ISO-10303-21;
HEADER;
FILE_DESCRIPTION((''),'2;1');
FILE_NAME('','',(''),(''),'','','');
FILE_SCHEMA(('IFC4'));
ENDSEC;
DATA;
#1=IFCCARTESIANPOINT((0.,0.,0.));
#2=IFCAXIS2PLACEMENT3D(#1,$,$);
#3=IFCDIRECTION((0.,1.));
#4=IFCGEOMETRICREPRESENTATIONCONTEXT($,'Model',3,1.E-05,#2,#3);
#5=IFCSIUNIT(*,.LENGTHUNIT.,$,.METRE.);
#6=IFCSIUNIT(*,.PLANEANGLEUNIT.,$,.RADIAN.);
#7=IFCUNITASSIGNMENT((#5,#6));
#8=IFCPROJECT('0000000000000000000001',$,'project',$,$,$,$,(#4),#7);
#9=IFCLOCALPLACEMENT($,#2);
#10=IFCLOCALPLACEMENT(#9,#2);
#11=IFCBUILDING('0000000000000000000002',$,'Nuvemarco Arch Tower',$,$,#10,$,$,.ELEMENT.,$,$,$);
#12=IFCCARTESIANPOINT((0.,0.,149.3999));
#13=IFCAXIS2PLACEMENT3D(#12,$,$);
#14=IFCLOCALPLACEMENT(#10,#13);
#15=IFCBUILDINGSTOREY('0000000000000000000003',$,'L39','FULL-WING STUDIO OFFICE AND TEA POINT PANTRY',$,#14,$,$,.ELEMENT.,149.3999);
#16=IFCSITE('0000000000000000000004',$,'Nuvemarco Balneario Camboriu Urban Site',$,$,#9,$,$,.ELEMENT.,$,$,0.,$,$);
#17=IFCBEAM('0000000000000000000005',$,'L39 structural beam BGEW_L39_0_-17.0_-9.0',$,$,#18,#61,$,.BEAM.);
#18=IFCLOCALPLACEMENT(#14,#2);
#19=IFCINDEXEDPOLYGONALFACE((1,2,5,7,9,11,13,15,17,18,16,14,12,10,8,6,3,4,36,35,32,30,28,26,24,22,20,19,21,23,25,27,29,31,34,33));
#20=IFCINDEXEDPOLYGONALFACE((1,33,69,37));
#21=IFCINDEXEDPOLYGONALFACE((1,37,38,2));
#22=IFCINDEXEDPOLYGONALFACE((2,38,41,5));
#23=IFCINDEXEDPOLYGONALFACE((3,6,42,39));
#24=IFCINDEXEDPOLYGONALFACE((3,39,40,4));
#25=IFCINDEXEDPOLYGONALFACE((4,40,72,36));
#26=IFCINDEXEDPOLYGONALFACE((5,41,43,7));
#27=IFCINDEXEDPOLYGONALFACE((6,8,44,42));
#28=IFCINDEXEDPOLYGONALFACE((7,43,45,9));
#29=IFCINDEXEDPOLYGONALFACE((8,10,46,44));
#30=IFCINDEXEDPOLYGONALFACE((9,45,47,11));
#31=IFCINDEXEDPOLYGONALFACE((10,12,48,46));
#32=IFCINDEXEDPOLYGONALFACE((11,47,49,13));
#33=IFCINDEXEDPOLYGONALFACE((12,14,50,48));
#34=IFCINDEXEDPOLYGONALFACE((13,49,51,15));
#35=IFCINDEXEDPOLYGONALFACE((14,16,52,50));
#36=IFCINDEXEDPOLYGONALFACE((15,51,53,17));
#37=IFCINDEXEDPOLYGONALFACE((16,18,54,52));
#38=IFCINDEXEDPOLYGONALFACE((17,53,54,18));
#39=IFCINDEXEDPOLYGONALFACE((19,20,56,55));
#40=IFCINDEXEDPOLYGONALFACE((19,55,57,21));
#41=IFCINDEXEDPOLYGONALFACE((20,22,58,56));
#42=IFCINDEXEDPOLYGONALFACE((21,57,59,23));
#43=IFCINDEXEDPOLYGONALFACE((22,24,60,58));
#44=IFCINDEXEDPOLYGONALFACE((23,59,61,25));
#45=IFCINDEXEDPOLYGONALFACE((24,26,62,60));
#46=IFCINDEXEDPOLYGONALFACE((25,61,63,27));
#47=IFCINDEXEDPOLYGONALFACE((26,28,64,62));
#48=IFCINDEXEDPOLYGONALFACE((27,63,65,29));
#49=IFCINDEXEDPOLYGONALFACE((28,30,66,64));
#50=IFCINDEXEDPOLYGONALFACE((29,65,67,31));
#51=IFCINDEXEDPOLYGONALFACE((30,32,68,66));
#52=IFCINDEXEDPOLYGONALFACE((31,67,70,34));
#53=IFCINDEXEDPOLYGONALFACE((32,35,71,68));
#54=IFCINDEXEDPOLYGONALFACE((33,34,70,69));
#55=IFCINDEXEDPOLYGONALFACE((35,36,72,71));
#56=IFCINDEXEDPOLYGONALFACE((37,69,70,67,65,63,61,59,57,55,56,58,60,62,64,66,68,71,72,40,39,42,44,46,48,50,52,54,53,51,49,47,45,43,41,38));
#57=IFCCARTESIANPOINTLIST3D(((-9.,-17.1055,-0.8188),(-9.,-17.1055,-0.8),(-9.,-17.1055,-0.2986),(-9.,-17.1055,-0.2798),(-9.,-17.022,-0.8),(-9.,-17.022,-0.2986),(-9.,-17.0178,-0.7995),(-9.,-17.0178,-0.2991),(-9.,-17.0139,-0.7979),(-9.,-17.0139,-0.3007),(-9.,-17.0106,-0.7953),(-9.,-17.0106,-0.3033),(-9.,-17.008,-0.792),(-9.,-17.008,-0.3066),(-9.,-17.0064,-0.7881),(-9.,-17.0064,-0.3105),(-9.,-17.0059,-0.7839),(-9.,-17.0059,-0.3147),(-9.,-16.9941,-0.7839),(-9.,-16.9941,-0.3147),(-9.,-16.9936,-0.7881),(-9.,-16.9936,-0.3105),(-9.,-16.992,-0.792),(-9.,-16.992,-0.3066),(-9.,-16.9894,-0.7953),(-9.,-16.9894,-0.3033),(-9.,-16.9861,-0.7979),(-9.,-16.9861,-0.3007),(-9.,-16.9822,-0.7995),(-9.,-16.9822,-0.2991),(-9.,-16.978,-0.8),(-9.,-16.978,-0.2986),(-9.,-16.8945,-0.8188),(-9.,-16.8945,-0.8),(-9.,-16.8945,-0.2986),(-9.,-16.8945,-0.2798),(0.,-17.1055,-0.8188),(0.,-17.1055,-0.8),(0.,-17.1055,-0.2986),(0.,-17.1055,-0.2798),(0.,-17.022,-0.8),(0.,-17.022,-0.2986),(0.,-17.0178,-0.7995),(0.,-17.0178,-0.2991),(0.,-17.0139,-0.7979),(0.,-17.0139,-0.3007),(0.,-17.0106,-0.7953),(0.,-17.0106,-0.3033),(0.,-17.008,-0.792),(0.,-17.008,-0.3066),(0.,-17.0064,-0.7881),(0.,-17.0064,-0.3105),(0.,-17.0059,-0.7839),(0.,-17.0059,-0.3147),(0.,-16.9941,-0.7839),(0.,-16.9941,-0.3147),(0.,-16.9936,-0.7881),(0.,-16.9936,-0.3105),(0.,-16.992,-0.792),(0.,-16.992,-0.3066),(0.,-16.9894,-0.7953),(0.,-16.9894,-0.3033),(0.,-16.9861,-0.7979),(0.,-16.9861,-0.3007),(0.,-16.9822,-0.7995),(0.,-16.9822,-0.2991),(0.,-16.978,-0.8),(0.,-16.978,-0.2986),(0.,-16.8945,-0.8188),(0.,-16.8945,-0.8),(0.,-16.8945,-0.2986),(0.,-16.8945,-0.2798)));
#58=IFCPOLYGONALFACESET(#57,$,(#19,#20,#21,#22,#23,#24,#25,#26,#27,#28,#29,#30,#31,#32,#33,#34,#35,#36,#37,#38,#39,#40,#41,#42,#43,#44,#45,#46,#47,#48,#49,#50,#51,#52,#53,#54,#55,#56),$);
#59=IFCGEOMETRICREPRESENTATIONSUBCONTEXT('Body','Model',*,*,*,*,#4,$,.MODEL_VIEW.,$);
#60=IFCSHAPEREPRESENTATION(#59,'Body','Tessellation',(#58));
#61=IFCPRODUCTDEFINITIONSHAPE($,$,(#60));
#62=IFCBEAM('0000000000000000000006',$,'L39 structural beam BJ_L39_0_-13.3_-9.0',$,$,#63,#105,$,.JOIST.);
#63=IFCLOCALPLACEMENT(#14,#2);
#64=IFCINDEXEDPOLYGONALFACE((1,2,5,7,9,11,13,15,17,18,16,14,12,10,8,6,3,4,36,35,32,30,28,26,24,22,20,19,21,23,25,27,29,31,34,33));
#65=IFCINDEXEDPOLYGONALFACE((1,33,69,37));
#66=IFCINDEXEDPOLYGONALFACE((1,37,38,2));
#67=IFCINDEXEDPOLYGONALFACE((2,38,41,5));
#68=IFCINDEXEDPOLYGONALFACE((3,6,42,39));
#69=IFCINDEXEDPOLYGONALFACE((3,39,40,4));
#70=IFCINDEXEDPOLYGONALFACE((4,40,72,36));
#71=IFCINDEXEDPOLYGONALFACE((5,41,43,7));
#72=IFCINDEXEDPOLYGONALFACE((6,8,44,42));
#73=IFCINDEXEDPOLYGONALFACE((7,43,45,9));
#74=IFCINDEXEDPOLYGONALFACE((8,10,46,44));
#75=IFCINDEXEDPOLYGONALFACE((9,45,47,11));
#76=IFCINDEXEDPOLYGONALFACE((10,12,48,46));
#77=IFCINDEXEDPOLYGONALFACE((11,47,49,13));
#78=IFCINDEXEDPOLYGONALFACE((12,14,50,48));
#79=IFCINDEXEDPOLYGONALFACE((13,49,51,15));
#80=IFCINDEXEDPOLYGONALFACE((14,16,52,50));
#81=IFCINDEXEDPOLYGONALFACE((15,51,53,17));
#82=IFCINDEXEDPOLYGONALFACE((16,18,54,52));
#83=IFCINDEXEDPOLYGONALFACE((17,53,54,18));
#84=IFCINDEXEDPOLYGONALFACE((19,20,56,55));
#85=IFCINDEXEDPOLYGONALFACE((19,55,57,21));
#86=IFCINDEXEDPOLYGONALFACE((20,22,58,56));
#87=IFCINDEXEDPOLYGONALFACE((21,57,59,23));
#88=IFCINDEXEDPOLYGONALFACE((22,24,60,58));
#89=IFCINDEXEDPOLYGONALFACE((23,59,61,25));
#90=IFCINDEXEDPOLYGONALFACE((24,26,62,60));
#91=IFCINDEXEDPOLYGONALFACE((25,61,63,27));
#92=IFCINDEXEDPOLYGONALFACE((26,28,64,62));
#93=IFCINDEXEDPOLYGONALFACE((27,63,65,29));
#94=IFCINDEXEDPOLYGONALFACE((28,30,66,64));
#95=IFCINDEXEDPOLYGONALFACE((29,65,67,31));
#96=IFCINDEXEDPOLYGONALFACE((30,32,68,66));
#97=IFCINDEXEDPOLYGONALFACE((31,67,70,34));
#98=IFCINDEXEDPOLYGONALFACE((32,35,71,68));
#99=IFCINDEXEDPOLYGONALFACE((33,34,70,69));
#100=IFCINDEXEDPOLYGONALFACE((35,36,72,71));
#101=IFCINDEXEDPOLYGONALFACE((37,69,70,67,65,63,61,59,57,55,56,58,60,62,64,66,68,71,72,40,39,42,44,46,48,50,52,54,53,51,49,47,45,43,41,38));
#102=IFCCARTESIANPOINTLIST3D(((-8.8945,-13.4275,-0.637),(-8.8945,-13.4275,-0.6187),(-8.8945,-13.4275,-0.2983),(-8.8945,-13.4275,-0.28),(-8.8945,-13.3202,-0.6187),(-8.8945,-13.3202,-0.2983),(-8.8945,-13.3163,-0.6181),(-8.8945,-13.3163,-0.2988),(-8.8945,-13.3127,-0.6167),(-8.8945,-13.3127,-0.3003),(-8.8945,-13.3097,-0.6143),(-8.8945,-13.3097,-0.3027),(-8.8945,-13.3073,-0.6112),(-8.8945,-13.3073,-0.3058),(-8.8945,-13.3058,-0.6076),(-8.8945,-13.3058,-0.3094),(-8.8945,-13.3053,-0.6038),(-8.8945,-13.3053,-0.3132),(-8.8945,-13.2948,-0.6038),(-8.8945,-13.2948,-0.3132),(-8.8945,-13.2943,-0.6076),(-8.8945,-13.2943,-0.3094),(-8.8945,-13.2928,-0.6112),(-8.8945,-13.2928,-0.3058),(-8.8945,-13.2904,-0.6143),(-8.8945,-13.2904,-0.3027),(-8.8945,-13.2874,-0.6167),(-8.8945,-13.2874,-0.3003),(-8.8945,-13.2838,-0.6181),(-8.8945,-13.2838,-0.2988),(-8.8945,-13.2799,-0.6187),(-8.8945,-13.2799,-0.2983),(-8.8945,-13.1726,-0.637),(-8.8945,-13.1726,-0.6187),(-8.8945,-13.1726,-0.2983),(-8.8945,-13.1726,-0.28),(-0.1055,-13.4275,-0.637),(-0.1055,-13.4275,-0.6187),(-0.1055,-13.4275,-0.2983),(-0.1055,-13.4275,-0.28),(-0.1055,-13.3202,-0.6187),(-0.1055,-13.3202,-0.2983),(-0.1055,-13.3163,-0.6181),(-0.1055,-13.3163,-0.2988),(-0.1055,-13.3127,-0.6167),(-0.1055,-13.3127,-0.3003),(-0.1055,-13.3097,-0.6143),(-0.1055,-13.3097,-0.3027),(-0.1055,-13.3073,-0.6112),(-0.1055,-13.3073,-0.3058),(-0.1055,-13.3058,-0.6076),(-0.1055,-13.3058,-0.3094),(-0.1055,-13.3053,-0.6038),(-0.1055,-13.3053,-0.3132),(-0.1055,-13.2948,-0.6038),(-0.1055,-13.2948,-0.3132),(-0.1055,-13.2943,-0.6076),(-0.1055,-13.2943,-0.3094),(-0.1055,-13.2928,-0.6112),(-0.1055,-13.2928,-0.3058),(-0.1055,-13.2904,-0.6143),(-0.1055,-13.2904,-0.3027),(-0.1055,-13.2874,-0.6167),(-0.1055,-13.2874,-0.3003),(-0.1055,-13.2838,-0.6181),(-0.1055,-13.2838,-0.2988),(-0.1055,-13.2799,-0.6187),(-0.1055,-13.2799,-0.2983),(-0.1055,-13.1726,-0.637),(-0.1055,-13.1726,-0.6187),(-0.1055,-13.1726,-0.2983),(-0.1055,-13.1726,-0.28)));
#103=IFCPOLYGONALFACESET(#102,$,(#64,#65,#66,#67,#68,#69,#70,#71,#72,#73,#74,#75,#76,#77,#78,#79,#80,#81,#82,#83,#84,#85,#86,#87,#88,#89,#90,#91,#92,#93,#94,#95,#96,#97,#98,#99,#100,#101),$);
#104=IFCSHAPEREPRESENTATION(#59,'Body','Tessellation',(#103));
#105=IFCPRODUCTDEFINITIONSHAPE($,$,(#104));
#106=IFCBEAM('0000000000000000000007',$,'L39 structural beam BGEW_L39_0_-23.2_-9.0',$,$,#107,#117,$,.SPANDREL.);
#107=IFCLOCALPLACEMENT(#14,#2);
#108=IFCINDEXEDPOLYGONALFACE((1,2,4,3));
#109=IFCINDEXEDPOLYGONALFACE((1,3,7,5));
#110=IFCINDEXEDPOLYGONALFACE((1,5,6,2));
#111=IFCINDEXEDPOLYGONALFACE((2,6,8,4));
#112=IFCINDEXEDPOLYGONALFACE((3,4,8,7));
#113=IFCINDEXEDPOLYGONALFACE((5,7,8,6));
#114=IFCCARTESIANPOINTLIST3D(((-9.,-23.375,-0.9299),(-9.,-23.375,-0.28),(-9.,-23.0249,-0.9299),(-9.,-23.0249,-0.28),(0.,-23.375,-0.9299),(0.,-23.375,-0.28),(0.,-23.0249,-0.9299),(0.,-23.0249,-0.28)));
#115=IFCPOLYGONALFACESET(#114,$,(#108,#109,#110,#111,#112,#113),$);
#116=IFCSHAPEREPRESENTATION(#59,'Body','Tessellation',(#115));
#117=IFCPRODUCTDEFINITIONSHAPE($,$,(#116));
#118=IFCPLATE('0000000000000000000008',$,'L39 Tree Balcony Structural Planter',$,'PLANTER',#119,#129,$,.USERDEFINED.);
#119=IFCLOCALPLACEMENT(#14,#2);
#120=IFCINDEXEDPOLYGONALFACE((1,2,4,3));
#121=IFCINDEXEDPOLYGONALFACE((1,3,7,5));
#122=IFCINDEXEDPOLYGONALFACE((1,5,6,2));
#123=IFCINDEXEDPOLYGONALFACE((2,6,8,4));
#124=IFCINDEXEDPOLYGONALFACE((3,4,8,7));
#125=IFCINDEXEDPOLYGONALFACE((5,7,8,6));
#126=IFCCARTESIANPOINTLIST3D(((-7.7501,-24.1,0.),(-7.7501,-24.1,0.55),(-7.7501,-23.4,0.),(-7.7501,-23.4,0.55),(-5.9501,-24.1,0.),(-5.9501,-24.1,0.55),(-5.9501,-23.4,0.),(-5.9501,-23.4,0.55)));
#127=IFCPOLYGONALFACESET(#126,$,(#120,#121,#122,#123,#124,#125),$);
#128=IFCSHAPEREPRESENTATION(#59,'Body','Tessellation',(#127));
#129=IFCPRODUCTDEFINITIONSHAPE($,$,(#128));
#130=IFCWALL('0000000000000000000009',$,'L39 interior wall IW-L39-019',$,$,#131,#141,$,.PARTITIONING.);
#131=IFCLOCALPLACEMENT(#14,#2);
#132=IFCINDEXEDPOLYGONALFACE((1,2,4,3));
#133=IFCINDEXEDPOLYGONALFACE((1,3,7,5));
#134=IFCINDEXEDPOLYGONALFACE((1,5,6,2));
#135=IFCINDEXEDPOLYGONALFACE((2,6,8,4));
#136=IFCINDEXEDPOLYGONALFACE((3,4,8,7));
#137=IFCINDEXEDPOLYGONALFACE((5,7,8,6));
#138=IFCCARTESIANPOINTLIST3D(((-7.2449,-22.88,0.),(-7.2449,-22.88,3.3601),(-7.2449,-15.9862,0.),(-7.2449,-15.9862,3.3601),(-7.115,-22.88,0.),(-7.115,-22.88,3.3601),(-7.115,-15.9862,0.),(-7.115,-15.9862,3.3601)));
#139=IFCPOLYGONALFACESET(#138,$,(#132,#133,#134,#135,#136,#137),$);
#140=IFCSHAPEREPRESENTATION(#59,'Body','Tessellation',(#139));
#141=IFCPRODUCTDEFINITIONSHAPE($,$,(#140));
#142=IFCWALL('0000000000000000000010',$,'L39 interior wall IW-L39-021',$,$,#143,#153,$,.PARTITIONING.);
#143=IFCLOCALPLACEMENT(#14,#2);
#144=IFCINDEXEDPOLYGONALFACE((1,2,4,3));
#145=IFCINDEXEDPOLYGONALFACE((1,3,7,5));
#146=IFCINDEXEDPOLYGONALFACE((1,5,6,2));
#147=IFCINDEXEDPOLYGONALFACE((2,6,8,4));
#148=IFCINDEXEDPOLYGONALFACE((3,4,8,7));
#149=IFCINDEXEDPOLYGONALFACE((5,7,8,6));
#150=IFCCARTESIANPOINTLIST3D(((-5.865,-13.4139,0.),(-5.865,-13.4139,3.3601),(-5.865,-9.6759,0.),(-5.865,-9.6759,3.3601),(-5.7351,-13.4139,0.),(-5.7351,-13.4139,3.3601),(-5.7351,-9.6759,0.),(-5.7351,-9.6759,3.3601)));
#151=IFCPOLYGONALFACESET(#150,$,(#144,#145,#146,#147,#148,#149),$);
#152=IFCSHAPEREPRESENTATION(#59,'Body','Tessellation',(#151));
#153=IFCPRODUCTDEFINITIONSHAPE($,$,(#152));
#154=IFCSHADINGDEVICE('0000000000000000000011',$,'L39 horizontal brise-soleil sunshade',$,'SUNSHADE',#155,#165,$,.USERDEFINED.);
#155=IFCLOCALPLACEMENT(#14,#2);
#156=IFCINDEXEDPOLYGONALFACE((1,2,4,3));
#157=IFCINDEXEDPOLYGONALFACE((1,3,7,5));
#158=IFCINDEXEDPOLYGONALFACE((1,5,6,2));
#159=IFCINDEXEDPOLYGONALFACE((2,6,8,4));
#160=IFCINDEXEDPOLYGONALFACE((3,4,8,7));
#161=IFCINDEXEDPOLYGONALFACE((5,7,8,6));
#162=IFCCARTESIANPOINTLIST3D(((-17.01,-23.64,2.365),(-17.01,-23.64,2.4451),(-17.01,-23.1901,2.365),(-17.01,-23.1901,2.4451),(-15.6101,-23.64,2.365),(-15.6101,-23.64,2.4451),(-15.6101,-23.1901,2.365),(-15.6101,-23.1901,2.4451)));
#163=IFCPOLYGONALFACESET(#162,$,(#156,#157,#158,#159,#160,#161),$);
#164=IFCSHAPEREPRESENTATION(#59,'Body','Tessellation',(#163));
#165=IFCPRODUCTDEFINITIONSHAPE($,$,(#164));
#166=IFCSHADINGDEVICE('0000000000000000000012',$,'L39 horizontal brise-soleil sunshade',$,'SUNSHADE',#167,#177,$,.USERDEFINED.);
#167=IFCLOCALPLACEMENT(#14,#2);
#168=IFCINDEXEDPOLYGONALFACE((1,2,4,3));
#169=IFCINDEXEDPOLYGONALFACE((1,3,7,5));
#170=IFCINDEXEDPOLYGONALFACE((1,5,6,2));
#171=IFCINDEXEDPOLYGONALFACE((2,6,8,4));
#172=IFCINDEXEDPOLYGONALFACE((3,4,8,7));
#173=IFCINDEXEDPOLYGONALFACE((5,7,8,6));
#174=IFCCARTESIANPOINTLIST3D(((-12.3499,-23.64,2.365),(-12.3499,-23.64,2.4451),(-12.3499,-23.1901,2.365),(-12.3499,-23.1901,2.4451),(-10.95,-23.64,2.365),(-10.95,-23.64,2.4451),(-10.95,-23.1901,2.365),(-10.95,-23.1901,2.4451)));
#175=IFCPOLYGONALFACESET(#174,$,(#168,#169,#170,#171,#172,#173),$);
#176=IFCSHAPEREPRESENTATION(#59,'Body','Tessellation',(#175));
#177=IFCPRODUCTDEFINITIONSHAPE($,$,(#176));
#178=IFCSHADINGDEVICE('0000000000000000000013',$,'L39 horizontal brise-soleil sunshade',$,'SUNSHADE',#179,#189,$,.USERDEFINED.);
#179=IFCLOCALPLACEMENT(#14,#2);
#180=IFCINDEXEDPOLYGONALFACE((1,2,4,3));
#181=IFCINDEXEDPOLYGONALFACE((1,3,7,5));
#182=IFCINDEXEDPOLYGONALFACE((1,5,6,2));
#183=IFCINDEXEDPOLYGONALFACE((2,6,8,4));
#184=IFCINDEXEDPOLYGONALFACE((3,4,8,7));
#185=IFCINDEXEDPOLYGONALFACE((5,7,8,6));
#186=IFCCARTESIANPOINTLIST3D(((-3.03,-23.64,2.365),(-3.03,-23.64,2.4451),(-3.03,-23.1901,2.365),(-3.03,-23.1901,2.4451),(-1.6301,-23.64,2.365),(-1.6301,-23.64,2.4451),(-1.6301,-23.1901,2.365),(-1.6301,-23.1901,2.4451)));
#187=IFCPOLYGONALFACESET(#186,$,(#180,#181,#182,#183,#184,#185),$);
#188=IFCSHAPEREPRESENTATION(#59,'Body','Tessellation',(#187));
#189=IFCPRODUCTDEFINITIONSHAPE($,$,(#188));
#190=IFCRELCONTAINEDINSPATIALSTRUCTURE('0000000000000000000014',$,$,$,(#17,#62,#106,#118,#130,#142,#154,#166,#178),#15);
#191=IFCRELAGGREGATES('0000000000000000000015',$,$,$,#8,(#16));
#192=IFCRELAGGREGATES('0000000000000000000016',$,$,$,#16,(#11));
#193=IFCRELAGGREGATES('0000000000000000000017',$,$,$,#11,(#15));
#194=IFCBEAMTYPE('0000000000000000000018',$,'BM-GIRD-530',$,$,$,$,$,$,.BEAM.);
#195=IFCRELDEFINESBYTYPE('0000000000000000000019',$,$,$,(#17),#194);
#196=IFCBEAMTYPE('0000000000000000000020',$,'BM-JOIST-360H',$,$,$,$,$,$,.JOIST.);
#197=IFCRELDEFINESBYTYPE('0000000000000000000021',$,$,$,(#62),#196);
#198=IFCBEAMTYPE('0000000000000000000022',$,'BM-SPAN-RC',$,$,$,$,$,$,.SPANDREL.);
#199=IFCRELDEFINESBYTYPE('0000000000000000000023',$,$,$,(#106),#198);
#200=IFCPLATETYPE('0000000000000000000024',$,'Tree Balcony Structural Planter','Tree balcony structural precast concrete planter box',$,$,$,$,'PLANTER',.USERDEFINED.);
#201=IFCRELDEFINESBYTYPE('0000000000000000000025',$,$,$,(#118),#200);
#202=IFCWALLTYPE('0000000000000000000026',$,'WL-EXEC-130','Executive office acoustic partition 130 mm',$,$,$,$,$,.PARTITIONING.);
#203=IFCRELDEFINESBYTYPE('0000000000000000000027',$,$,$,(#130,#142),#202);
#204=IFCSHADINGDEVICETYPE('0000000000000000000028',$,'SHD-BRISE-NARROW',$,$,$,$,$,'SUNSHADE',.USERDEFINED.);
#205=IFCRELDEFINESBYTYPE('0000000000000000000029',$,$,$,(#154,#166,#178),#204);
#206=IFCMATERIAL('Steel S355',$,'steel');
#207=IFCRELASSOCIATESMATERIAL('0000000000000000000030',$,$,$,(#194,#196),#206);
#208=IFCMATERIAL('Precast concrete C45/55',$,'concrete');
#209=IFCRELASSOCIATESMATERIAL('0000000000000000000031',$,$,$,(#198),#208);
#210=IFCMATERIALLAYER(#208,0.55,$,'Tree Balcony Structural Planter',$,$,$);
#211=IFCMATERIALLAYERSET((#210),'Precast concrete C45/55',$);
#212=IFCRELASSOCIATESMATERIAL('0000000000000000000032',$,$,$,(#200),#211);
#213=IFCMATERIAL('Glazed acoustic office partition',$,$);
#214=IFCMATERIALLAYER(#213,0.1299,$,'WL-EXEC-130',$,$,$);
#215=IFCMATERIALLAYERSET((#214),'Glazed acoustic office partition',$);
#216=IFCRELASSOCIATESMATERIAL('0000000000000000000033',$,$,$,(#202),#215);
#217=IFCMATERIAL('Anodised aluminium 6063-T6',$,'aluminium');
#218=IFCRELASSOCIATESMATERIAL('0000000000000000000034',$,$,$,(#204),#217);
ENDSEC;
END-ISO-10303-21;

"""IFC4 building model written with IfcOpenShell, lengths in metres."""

from ifc_helpers import new_model, si_unit, direction, frame, frame_2d, origin, origin_2d, place, context, subcontext, project, spatial, rectangle, i_section, extrude, source, transform, mapped, material, layer, layer_set, material_profile, profile_set, type_object, type_shapes, element, save


model = new_model("IFC4")

# Units and contexts
model_context = context("Model", 3, precision=1e-05, world=origin(), true_north=direction((0.0, 1.0)))
body_context = subcontext(model_context, "Body", "Model", "MODEL_VIEW")
ifc_project = project(units=[si_unit("LENGTHUNIT", "METRE"), si_unit("PLANEANGLEUNIT", "RADIAN")], contexts=[model_context])

# Site, building, storey
site_placement = place(None, origin())
site = spatial("IfcSite", under=ifc_project, at=site_placement, Name="Nuvemarco Balneario Camboriu Urban Site", CompositionType="ELEMENT", RefElevation=0.0)
building_placement = place(site_placement, origin())
building = spatial("IfcBuilding", under=site, at=building_placement, Name="Nuvemarco Arch Tower", CompositionType="ELEMENT")
storey_placement = place(building_placement, frame((0.0, 0.0, 149.3999)))
storey = spatial("IfcBuildingStorey", under=building, at=storey_placement, Name="L39", Description="FULL-WING STUDIO OFFICE AND TEA POINT PANTRY", CompositionType="ELEMENT", Elevation=149.3999)

# Shared definitions
ifc_material_1 = material(Name="Steel S355", Category="steel")

# Beams
ifc_material_profile_1 = material_profile(ifc_material_1, i_section(OverallWidth=0.2109, OverallDepth=0.5391, WebThickness=0.0117, FlangeThickness=0.0188, FilletRadius=0.0161, at=origin_2d()), Name="W530x109")
ifc_profile_set_1 = profile_set([ifc_material_profile_1], Name="Steel S355")
beam_type_1 = type_object("IfcBeamType", Name="BM-GIRD-530", PredefinedType="BEAM", material=ifc_profile_set_1)
beam_1_placement = place(storey_placement, frame((-9.0, -17.0, -0.5493), z_axis=(1.0, 0.0, 0.0), x_axis=(0.0, 1.0, 0.0)))
element("IfcBeam", 1, at=beam_1_placement, inside=storey, type_object=beam_type_1, Name="L39 structural beam BGEW_L39_0_-17.0_-9.0", PredefinedType="BEAM", context=body_context, shape_type="SweptSolid", body=[
    extrude(i_section(OverallWidth=0.2109, OverallDepth=0.5391, WebThickness=0.0117, FlangeThickness=0.0188, FilletRadius=0.0161, at=origin_2d()), origin(), (0.0, 0.0, 1.0), 9.0),
])
ifc_material_profile_2 = material_profile(ifc_material_1, i_section(OverallWidth=0.2549, OverallDepth=0.3569, WebThickness=0.0105, FlangeThickness=0.0183, FilletRadius=0.0149, at=origin_2d()), Name="W360x101")
ifc_profile_set_2 = profile_set([ifc_material_profile_2], Name="Steel S355")
beam_type_2 = type_object("IfcBeamType", Name="BM-JOIST-360H", PredefinedType="JOIST", material=ifc_profile_set_2)
beam_2_placement = place(storey_placement, frame((-8.8945, -13.3, -0.4585), z_axis=(1.0, 0.0, 0.0), x_axis=(0.0, 1.0, 0.0)))
element("IfcBeam", 2, at=beam_2_placement, inside=storey, type_object=beam_type_2, Name="L39 structural beam BJ_L39_0_-13.3_-9.0", PredefinedType="JOIST", context=body_context, shape_type="SweptSolid", body=[
    extrude(i_section(OverallWidth=0.2549, OverallDepth=0.3569, WebThickness=0.0105, FlangeThickness=0.0183, FilletRadius=0.0149, at=origin_2d()), origin(), (0.0, 0.0, 1.0), 8.7891),
])
ifc_material_2 = material(Name="Precast concrete C45/55", Category="concrete")
ifc_material_profile_3 = material_profile(ifc_material_2, rectangle(XDim=0.3501, YDim=0.6499, at=origin_2d()), Name="PC-SP-350x650")
ifc_profile_set_3 = profile_set([ifc_material_profile_3], Name="Precast concrete C45/55")
beam_type_3 = type_object("IfcBeamType", Name="BM-SPAN-RC", PredefinedType="SPANDREL", material=ifc_profile_set_3)
beam_3_placement = place(storey_placement, frame((-9.0, -23.2, -0.605), z_axis=(1.0, 0.0, 0.0), x_axis=(0.0, 1.0, 0.0)))
element("IfcBeam", 3, at=beam_3_placement, inside=storey, type_object=beam_type_3, Name="L39 structural beam BGEW_L39_0_-23.2_-9.0", PredefinedType="SPANDREL", context=body_context, shape_type="SweptSolid", body=[
    extrude(rectangle(XDim=0.3501, YDim=0.6499, at=origin_2d()), origin(), (0.0, 0.0, 1.0), 9.0),
])

# Plate
ifc_layer_1 = layer(ifc_material_2, 0.55, Name="Tree Balcony Structural Planter")
ifc_layer_set_1 = layer_set([ifc_layer_1], Name="Precast concrete C45/55")
plate_type = type_object("IfcPlateType", Name="Tree Balcony Structural Planter", Description="Tree balcony structural precast concrete planter box", ElementType="PLANTER", PredefinedType="USERDEFINED", material=ifc_layer_set_1)
shared_shape_1 = source(origin(), body_context, "Body", "SweptSolid", [
    extrude(rectangle(XDim=1.8, YDim=0.7, at=origin_2d()), origin(), (0.0, 0.0, 1.0), 0.55),
])
type_shapes(plate_type, [shared_shape_1])
plate_placement = place(storey_placement, frame((-6.8501, -23.75, 0.0), z_axis=(0.0, 0.0, 1.0), x_axis=(1.0, 0.0, 0.0)))
element("IfcPlate", 4, at=plate_placement, inside=storey, type_object=plate_type, Name="L39 Tree Balcony Structural Planter", ObjectType="PLANTER", PredefinedType="USERDEFINED", context=body_context, shape_type="MappedRepresentation", body=[
    mapped(shared_shape_1, transform((0.0, 0.0, 0.0), scale=1.0)),
])

# Walls
ifc_material_3 = material(Name="Glazed acoustic office partition")
ifc_layer_2 = layer(ifc_material_3, 0.1299, Name="WL-EXEC-130")
ifc_layer_set_2 = layer_set([ifc_layer_2], Name="Glazed acoustic office partition")
wall_type = type_object("IfcWallType", Name="WL-EXEC-130", Description="Executive office acoustic partition 130 mm", PredefinedType="PARTITIONING", material=ifc_layer_set_2)
wall_1_placement = place(storey_placement, frame((-7.1799, -22.8799, 0.0), z_axis=(0.0, 0.0, 1.0), x_axis=(0.0, 1.0, 0.0)))
element("IfcWall", 5, at=wall_1_placement, inside=storey, type_object=wall_type, Name="L39 interior wall IW-L39-019", PredefinedType="PARTITIONING", context=body_context, shape_type="SweptSolid", body=[
    extrude(rectangle(XDim=6.8938, YDim=0.1299, at=frame_2d((3.4468, 0.0))), origin(), (0.0, 0.0, 1.0), 3.3601),
])
wall_2_placement = place(storey_placement, frame((-5.8, -13.4141, 0.0), z_axis=(0.0, 0.0, 1.0), x_axis=(0.0, 1.0, 0.0)))
element("IfcWall", 6, at=wall_2_placement, inside=storey, type_object=wall_type, Name="L39 interior wall IW-L39-021", PredefinedType="PARTITIONING", context=body_context, shape_type="SweptSolid", body=[
    extrude(rectangle(XDim=3.738, YDim=0.1299, at=frame_2d((1.8691, 0.0))), origin(), (0.0, 0.0, 1.0), 3.3601),
])

# Shading devices
ifc_material_4 = material(Name="Anodised aluminium 6063-T6", Category="aluminium")
shading_device_type = type_object("IfcShadingDeviceType", Name="SHD-BRISE-NARROW", ElementType="SUNSHADE", PredefinedType="USERDEFINED", material=ifc_material_4)
shared_shape_2 = source(origin(), body_context, "Body", "SweptSolid", [
    extrude(rectangle(XDim=1.3999, YDim=0.45, at=origin_2d()), origin(), (0.0, 0.0, 1.0), 0.0801),
])
type_shapes(shading_device_type, [shared_shape_2])
for number, where, z_axis, x_axis, name in (
    (7, (-16.3101, -23.415, 2.365), (0.0, 0.0, 1.0), (1.0, 0.0, 0.0), "L39 horizontal brise-soleil sunshade"),
    (8, (-11.6499, -23.415, 2.365), (0.0, 0.0, 1.0), (1.0, 0.0, 0.0), "L39 horizontal brise-soleil sunshade"),
    (9, (-2.3301, -23.415, 2.365), (0.0, 0.0, 1.0), (1.0, 0.0, 0.0), "L39 horizontal brise-soleil sunshade"),
):
    element("IfcShadingDevice", number, at=place(storey_placement, frame(where, z_axis=z_axis, x_axis=x_axis)), inside=storey, type_object=shading_device_type, Name=name, ObjectType="SUNSHADE", PredefinedType="USERDEFINED", context=body_context, shape_type="MappedRepresentation", body=[
        mapped(shared_shape_2, transform((0.0, 0.0, 0.0), scale=1.0)),
    ])

save(model, "model.ifc")
